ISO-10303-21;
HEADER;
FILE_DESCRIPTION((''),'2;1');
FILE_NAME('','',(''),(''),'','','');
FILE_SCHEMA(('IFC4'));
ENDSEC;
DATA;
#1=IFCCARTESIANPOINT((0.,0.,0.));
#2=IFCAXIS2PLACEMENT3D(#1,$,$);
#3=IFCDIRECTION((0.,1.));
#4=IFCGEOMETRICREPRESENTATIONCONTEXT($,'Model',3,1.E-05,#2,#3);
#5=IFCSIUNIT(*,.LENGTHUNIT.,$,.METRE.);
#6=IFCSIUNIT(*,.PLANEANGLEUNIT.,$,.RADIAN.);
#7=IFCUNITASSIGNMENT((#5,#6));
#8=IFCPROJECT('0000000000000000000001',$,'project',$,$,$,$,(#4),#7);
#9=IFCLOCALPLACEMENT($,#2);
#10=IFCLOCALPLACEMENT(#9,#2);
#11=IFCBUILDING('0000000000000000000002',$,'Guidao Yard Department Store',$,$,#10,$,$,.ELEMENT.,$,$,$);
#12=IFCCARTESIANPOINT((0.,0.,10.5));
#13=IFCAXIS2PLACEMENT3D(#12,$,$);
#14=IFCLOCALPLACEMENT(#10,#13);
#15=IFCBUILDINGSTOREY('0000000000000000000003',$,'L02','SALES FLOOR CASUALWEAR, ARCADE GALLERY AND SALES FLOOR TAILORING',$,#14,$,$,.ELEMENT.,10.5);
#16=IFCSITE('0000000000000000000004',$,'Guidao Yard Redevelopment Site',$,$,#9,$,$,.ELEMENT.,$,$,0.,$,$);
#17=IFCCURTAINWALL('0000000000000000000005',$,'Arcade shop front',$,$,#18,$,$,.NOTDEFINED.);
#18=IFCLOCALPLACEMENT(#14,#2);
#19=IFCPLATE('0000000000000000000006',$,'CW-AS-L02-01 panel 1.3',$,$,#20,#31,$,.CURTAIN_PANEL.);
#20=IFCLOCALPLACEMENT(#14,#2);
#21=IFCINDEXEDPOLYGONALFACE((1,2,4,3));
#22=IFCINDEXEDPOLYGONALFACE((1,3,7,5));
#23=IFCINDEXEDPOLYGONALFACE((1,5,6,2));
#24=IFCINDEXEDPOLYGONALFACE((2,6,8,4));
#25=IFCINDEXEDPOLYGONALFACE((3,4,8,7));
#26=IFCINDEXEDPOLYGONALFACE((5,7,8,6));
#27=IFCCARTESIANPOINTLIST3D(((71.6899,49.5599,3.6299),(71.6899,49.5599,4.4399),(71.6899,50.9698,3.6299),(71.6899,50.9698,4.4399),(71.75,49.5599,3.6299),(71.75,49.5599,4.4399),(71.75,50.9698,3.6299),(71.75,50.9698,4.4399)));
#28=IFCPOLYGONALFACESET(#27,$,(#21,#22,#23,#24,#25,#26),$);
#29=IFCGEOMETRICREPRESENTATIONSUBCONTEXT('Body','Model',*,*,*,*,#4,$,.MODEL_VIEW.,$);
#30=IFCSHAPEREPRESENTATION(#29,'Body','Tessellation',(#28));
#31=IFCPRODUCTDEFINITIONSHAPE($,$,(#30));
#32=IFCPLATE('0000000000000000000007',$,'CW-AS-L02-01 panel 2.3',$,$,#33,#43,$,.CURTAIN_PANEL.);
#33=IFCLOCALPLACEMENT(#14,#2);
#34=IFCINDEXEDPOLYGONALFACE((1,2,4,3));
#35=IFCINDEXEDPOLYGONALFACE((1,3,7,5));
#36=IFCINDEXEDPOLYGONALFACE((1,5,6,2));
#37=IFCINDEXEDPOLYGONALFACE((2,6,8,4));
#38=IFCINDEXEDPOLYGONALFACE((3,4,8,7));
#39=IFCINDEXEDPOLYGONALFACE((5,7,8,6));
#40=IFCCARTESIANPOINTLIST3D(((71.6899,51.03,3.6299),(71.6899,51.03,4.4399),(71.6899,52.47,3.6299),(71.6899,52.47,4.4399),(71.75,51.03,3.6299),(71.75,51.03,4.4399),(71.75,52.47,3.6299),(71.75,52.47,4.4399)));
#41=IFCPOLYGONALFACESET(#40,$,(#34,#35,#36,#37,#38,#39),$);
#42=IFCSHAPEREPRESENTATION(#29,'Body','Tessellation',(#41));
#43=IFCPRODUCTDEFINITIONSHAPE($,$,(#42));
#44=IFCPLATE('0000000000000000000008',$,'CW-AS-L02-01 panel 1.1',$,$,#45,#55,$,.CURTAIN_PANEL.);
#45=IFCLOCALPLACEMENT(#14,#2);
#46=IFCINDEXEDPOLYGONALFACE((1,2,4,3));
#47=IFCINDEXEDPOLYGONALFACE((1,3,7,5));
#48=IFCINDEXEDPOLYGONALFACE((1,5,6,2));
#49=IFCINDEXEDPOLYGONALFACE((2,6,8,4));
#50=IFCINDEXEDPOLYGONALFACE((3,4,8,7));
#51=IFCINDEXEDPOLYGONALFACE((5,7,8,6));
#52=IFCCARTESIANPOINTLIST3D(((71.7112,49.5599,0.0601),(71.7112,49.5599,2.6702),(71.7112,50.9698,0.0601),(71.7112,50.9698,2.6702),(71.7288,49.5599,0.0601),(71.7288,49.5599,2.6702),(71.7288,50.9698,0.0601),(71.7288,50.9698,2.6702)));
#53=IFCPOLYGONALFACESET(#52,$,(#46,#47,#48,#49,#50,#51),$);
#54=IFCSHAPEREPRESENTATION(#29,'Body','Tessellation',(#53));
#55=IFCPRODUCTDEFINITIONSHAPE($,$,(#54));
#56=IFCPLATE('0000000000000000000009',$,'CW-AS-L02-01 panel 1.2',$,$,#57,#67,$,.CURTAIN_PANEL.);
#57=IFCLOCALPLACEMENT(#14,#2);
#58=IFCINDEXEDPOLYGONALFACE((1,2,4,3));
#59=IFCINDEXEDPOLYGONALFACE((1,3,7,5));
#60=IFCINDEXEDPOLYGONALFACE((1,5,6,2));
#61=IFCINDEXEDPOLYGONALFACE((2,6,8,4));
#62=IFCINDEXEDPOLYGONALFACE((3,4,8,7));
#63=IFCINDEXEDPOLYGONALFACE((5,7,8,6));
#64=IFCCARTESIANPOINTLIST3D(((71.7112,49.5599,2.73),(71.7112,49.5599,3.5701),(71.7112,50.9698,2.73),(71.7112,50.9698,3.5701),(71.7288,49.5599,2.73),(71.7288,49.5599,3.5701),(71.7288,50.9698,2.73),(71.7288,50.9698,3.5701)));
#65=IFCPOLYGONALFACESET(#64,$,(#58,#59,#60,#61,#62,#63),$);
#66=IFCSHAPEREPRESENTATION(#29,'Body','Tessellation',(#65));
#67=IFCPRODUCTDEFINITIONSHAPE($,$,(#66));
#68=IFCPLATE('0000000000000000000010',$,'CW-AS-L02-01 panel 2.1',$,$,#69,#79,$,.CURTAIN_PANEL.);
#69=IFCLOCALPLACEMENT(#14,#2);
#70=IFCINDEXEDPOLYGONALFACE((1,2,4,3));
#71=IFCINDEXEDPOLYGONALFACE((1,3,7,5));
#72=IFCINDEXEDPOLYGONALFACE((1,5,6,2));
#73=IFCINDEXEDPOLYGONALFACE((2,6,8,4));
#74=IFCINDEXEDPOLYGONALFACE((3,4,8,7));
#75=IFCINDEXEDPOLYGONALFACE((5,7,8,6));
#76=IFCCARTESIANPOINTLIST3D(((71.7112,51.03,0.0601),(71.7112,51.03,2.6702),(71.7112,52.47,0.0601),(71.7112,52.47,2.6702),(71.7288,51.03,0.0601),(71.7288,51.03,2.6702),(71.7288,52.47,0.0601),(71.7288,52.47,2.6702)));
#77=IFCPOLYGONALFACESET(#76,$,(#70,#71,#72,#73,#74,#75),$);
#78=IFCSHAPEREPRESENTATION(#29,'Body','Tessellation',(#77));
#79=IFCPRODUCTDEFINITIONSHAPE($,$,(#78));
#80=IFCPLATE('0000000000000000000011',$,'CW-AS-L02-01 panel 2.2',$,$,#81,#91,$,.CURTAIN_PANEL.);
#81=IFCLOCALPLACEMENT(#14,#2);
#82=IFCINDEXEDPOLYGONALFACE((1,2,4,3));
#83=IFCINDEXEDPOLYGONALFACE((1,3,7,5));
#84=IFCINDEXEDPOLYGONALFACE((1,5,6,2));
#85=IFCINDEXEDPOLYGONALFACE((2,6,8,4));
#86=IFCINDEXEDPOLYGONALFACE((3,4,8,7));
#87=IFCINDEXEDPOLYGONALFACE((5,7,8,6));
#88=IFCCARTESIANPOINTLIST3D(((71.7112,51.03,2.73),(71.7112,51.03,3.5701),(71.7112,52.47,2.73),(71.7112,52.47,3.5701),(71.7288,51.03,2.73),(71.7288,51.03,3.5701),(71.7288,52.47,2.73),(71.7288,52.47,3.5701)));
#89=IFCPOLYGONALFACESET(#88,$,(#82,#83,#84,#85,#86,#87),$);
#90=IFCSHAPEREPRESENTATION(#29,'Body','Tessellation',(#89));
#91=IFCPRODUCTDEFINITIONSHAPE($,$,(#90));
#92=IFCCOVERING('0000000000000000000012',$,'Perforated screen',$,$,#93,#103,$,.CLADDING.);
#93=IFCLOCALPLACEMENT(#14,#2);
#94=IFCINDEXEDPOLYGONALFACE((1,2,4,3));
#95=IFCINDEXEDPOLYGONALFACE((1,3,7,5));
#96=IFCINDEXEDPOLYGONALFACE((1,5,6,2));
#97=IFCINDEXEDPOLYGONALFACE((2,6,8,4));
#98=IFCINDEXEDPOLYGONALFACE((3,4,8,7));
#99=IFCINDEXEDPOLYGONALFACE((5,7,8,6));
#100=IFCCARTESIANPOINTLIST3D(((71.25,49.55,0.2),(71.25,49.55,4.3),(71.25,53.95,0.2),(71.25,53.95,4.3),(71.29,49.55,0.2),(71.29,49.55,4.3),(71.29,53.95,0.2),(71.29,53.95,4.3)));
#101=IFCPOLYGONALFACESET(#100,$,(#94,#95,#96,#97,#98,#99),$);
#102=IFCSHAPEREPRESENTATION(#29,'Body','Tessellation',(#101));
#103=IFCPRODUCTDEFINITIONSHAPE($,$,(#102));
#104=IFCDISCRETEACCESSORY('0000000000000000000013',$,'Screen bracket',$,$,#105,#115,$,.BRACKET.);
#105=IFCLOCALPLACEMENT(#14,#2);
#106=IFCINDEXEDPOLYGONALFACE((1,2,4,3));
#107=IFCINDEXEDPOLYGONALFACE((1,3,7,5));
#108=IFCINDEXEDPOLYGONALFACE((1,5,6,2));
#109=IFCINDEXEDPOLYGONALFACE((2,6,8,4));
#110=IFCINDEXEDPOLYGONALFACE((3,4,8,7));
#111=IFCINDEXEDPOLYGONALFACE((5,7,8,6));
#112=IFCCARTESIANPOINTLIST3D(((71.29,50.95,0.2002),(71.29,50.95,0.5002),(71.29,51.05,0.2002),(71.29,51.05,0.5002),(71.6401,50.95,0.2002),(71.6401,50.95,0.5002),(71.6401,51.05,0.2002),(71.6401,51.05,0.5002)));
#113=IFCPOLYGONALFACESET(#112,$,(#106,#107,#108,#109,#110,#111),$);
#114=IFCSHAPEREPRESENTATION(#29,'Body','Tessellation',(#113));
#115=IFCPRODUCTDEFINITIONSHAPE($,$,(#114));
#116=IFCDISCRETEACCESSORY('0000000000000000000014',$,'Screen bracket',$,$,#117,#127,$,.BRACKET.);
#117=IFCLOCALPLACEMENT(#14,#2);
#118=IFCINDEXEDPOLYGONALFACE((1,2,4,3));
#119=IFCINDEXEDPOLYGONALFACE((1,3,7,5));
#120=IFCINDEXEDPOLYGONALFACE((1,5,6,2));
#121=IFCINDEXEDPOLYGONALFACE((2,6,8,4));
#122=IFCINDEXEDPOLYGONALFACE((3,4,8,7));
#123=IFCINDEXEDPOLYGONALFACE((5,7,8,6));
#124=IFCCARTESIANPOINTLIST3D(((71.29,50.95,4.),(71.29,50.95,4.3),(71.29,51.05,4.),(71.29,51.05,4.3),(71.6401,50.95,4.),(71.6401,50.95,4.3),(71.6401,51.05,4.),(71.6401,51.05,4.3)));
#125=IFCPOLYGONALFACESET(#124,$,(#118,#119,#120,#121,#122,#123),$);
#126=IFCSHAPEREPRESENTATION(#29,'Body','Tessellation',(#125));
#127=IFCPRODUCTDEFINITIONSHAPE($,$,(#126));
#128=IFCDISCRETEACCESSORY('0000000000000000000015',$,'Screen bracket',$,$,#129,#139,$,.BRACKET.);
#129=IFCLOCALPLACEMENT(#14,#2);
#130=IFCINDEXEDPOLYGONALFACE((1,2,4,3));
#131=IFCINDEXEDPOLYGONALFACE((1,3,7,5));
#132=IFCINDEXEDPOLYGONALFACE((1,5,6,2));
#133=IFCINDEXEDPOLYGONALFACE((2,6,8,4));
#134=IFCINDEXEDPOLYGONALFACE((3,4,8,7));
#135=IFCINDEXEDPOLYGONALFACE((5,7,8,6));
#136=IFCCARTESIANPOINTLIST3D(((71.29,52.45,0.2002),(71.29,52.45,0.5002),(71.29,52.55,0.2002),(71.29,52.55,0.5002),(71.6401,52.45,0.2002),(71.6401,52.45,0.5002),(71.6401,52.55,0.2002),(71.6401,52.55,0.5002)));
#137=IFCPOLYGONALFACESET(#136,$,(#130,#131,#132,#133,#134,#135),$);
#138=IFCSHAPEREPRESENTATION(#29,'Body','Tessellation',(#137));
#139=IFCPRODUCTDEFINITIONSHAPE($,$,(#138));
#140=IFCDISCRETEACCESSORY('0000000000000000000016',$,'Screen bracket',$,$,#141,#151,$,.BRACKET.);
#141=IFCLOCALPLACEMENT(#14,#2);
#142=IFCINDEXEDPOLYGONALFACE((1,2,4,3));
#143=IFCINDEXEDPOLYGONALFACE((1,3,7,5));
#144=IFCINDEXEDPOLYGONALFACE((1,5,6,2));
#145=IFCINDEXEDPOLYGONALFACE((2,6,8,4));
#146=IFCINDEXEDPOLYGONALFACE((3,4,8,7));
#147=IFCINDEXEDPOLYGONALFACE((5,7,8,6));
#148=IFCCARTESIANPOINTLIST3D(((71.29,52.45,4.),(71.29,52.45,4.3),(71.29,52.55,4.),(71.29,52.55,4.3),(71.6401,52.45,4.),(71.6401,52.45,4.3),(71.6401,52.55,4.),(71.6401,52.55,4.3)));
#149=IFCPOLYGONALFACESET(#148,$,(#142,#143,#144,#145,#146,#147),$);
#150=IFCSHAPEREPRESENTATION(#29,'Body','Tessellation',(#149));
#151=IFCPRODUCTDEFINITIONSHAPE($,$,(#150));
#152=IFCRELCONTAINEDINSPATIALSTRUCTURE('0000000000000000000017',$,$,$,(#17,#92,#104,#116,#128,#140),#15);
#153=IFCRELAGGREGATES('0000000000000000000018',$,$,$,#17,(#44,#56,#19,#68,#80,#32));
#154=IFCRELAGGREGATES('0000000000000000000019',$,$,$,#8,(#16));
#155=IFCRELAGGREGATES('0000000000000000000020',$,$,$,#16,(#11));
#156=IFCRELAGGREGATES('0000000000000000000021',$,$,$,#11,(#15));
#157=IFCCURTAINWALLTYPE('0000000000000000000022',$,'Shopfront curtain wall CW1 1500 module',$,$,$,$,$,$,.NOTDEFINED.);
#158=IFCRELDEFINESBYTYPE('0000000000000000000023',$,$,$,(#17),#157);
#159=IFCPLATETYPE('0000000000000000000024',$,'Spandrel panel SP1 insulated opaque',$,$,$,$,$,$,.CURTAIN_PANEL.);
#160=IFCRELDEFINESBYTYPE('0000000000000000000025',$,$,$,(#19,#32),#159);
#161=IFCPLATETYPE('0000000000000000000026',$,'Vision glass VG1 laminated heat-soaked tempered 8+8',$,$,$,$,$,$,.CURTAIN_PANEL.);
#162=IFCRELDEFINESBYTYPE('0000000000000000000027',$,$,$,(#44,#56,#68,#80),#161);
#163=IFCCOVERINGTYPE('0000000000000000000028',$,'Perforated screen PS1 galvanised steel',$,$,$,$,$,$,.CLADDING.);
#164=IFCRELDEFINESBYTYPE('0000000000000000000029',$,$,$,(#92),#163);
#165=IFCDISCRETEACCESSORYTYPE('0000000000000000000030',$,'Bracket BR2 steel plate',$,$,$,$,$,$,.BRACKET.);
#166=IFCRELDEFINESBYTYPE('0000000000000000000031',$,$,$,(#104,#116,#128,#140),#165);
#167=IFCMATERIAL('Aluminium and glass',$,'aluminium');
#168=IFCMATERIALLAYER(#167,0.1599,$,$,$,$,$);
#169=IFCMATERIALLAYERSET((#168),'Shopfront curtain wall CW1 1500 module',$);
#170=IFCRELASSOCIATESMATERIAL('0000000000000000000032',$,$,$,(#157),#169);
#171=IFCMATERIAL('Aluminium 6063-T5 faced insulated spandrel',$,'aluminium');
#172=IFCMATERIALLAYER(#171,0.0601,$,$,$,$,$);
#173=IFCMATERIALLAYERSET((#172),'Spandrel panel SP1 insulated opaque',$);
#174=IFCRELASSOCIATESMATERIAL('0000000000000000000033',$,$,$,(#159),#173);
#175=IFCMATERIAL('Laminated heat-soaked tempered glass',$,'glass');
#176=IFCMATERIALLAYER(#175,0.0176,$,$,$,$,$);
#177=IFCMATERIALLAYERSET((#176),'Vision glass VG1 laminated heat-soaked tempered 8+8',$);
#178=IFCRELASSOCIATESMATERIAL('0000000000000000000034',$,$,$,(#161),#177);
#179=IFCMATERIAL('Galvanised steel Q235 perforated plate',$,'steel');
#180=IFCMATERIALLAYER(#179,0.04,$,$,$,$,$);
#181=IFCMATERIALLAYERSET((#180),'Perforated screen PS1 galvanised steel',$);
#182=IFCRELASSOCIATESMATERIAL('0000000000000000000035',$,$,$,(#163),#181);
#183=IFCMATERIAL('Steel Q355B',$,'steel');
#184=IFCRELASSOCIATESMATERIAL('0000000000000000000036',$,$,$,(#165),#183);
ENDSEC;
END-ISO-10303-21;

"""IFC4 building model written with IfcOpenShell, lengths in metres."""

from ifc_helpers import new_model, si_unit, direction, frame, origin, origin_2d, place, context, subcontext, project, spatial, rectangle, extrude, material, layer, layer_set, type_object, element, aggregate, save


model = new_model("IFC4")

# Units and contexts
model_context = context("Model", 3, precision=1e-05, world=origin(), true_north=direction((0.0, 1.0)))
body_context = subcontext(model_context, "Body", "Model", "MODEL_VIEW")
ifc_project = project(units=[si_unit("LENGTHUNIT", "METRE"), si_unit("PLANEANGLEUNIT", "RADIAN")], contexts=[model_context])

# Site, building, storey
site_placement = place(None, origin())
site = spatial("IfcSite", under=ifc_project, at=site_placement, Name="Guidao Yard Redevelopment Site", CompositionType="ELEMENT", RefElevation=0.0)
building_placement = place(site_placement, origin())
building = spatial("IfcBuilding", under=site, at=building_placement, Name="Guidao Yard Department Store", CompositionType="ELEMENT")
storey_placement = place(building_placement, frame((0.0, 0.0, 10.5)))
storey = spatial("IfcBuildingStorey", under=building, at=storey_placement, Name="L02", Description="SALES FLOOR CASUALWEAR, ARCADE GALLERY AND SALES FLOOR TAILORING", CompositionType="ELEMENT", Elevation=10.5)

# Curtain wall, plates
ifc_material_1 = material(Name="Aluminium and glass", Category="aluminium")
ifc_layer_1 = layer(ifc_material_1, 0.1599)
ifc_layer_set_1 = layer_set([ifc_layer_1], Name="Shopfront curtain wall CW1 1500 module")
curtain_wall_type = type_object("IfcCurtainWallType", Name="Shopfront curtain wall CW1 1500 module", PredefinedType="NOTDEFINED", material=ifc_layer_set_1)
curtain_wall_placement = place(storey_placement, origin())
curtain_wall = element("IfcCurtainWall", 1, at=curtain_wall_placement, inside=storey, type_object=curtain_wall_type, Name="Arcade shop front", PredefinedType="NOTDEFINED")
ifc_material_2 = material(Name="Aluminium 6063-T5 faced insulated spandrel", Category="aluminium")
ifc_layer_2 = layer(ifc_material_2, 0.0601)
ifc_layer_set_2 = layer_set([ifc_layer_2], Name="Spandrel panel SP1 insulated opaque")
plate_type_1 = type_object("IfcPlateType", Name="Spandrel panel SP1 insulated opaque", PredefinedType="CURTAIN_PANEL", material=ifc_layer_set_2)
plate_1_placement = place(storey_placement, frame((71.72, 50.2649, 3.6299), z_axis=(0.0, 0.0, 1.0), x_axis=(0.0, 1.0, 0.0)))
plate_1 = element("IfcPlate", 2, at=plate_1_placement, type_object=plate_type_1, Name="CW-AS-L02-01 panel 1.3", PredefinedType="CURTAIN_PANEL", context=body_context, shape_type="SweptSolid", body=[
    extrude(rectangle(XDim=1.4099, YDim=0.0601, at=origin_2d()), origin(), (0.0, 0.0, 1.0), 0.8101),
])
plate_2_placement = place(storey_placement, frame((71.72, 51.75, 3.6299), z_axis=(0.0, 0.0, 1.0), x_axis=(0.0, 1.0, 0.0)))
plate_2 = element("IfcPlate", 3, at=plate_2_placement, type_object=plate_type_1, Name="CW-AS-L02-01 panel 2.3", PredefinedType="CURTAIN_PANEL", context=body_context, shape_type="SweptSolid", body=[
    extrude(rectangle(XDim=1.4399, YDim=0.0601, at=origin_2d()), origin(), (0.0, 0.0, 1.0), 0.8101),
])
ifc_material_3 = material(Name="Laminated heat-soaked tempered glass", Category="glass")
ifc_layer_3 = layer(ifc_material_3, 0.0176)
ifc_layer_set_3 = layer_set([ifc_layer_3], Name="Vision glass VG1 laminated heat-soaked tempered 8+8")
plate_type_2 = type_object("IfcPlateType", Name="Vision glass VG1 laminated heat-soaked tempered 8+8", PredefinedType="CURTAIN_PANEL", material=ifc_layer_set_3)
plate_3_placement = place(storey_placement, frame((71.72, 50.2649, 0.0601), z_axis=(0.0, 0.0, 1.0), x_axis=(0.0, 1.0, 0.0)))
plate_3 = element("IfcPlate", 4, at=plate_3_placement, type_object=plate_type_2, Name="CW-AS-L02-01 panel 1.1", PredefinedType="CURTAIN_PANEL", context=body_context, shape_type="SweptSolid", body=[
    extrude(rectangle(XDim=1.4099, YDim=0.0176, at=origin_2d()), origin(), (0.0, 0.0, 1.0), 2.6101),
])
plate_4_placement = place(storey_placement, frame((71.72, 50.2649, 2.73), z_axis=(0.0, 0.0, 1.0), x_axis=(0.0, 1.0, 0.0)))
plate_4 = element("IfcPlate", 5, at=plate_4_placement, type_object=plate_type_2, Name="CW-AS-L02-01 panel 1.2", PredefinedType="CURTAIN_PANEL", context=body_context, shape_type="SweptSolid", body=[
    extrude(rectangle(XDim=1.4099, YDim=0.0176, at=origin_2d()), origin(), (0.0, 0.0, 1.0), 0.8401),
])
plate_5_placement = place(storey_placement, frame((71.72, 51.75, 0.0601), z_axis=(0.0, 0.0, 1.0), x_axis=(0.0, 1.0, 0.0)))
plate_5 = element("IfcPlate", 6, at=plate_5_placement, type_object=plate_type_2, Name="CW-AS-L02-01 panel 2.1", PredefinedType="CURTAIN_PANEL", context=body_context, shape_type="SweptSolid", body=[
    extrude(rectangle(XDim=1.4399, YDim=0.0176, at=origin_2d()), origin(), (0.0, 0.0, 1.0), 2.6101),
])
plate_6_placement = place(storey_placement, frame((71.72, 51.75, 2.73), z_axis=(0.0, 0.0, 1.0), x_axis=(0.0, 1.0, 0.0)))
plate_6 = element("IfcPlate", 7, at=plate_6_placement, type_object=plate_type_2, Name="CW-AS-L02-01 panel 2.2", PredefinedType="CURTAIN_PANEL", context=body_context, shape_type="SweptSolid", body=[
    extrude(rectangle(XDim=1.4399, YDim=0.0176, at=origin_2d()), origin(), (0.0, 0.0, 1.0), 0.8401),
])
aggregate(curtain_wall, [plate_3, plate_4, plate_1, plate_5, plate_6, plate_2])

# Covering
ifc_material_4 = material(Name="Galvanised steel Q235 perforated plate", Category="steel")
ifc_layer_4 = layer(ifc_material_4, 0.04)
ifc_layer_set_4 = layer_set([ifc_layer_4], Name="Perforated screen PS1 galvanised steel")
covering_type = type_object("IfcCoveringType", Name="Perforated screen PS1 galvanised steel", PredefinedType="CLADDING", material=ifc_layer_set_4)
covering_placement = place(storey_placement, frame((71.27, 51.75, 0.2), z_axis=(0.0, 0.0, 1.0), x_axis=(0.0, 1.0, 0.0)))
element("IfcCovering", 8, at=covering_placement, inside=storey, type_object=covering_type, Name="Perforated screen", PredefinedType="CLADDING", context=body_context, shape_type="SweptSolid", body=[
    extrude(rectangle(XDim=4.3999, YDim=0.04, at=origin_2d()), origin(), (0.0, 0.0, 1.0), 4.1001),
])

# Discrete accessories
ifc_material_5 = material(Name="Steel Q355B", Category="steel")
discrete_accessory_type = type_object("IfcDiscreteAccessoryType", Name="Bracket BR2 steel plate", PredefinedType="BRACKET", material=ifc_material_5)
for number, where, z_axis, x_axis, name in (
    (9, (71.4651, 51.0, 0.2002), (0.0, 0.0, 1.0), (0.0, 1.0, 0.0), "Screen bracket"),
    (10, (71.4651, 51.0, 4.0), (0.0, 0.0, 1.0), (0.0, 1.0, 0.0), "Screen bracket"),
    (11, (71.4651, 52.5, 0.2002), (0.0, 0.0, 1.0), (0.0, 1.0, 0.0), "Screen bracket"),
    (12, (71.4651, 52.5, 4.0), (0.0, 0.0, 1.0), (0.0, 1.0, 0.0), "Screen bracket"),
):
    element("IfcDiscreteAccessory", number, at=place(storey_placement, frame(where, z_axis=z_axis, x_axis=x_axis)), inside=storey, type_object=discrete_accessory_type, Name=name, PredefinedType="BRACKET", context=body_context, shape_type="SweptSolid", body=[
        extrude(rectangle(XDim=0.1001, YDim=0.3501, at=origin_2d()), origin(), (0.0, 0.0, 1.0), 0.3),
    ])

save(model, "model.ifc")
